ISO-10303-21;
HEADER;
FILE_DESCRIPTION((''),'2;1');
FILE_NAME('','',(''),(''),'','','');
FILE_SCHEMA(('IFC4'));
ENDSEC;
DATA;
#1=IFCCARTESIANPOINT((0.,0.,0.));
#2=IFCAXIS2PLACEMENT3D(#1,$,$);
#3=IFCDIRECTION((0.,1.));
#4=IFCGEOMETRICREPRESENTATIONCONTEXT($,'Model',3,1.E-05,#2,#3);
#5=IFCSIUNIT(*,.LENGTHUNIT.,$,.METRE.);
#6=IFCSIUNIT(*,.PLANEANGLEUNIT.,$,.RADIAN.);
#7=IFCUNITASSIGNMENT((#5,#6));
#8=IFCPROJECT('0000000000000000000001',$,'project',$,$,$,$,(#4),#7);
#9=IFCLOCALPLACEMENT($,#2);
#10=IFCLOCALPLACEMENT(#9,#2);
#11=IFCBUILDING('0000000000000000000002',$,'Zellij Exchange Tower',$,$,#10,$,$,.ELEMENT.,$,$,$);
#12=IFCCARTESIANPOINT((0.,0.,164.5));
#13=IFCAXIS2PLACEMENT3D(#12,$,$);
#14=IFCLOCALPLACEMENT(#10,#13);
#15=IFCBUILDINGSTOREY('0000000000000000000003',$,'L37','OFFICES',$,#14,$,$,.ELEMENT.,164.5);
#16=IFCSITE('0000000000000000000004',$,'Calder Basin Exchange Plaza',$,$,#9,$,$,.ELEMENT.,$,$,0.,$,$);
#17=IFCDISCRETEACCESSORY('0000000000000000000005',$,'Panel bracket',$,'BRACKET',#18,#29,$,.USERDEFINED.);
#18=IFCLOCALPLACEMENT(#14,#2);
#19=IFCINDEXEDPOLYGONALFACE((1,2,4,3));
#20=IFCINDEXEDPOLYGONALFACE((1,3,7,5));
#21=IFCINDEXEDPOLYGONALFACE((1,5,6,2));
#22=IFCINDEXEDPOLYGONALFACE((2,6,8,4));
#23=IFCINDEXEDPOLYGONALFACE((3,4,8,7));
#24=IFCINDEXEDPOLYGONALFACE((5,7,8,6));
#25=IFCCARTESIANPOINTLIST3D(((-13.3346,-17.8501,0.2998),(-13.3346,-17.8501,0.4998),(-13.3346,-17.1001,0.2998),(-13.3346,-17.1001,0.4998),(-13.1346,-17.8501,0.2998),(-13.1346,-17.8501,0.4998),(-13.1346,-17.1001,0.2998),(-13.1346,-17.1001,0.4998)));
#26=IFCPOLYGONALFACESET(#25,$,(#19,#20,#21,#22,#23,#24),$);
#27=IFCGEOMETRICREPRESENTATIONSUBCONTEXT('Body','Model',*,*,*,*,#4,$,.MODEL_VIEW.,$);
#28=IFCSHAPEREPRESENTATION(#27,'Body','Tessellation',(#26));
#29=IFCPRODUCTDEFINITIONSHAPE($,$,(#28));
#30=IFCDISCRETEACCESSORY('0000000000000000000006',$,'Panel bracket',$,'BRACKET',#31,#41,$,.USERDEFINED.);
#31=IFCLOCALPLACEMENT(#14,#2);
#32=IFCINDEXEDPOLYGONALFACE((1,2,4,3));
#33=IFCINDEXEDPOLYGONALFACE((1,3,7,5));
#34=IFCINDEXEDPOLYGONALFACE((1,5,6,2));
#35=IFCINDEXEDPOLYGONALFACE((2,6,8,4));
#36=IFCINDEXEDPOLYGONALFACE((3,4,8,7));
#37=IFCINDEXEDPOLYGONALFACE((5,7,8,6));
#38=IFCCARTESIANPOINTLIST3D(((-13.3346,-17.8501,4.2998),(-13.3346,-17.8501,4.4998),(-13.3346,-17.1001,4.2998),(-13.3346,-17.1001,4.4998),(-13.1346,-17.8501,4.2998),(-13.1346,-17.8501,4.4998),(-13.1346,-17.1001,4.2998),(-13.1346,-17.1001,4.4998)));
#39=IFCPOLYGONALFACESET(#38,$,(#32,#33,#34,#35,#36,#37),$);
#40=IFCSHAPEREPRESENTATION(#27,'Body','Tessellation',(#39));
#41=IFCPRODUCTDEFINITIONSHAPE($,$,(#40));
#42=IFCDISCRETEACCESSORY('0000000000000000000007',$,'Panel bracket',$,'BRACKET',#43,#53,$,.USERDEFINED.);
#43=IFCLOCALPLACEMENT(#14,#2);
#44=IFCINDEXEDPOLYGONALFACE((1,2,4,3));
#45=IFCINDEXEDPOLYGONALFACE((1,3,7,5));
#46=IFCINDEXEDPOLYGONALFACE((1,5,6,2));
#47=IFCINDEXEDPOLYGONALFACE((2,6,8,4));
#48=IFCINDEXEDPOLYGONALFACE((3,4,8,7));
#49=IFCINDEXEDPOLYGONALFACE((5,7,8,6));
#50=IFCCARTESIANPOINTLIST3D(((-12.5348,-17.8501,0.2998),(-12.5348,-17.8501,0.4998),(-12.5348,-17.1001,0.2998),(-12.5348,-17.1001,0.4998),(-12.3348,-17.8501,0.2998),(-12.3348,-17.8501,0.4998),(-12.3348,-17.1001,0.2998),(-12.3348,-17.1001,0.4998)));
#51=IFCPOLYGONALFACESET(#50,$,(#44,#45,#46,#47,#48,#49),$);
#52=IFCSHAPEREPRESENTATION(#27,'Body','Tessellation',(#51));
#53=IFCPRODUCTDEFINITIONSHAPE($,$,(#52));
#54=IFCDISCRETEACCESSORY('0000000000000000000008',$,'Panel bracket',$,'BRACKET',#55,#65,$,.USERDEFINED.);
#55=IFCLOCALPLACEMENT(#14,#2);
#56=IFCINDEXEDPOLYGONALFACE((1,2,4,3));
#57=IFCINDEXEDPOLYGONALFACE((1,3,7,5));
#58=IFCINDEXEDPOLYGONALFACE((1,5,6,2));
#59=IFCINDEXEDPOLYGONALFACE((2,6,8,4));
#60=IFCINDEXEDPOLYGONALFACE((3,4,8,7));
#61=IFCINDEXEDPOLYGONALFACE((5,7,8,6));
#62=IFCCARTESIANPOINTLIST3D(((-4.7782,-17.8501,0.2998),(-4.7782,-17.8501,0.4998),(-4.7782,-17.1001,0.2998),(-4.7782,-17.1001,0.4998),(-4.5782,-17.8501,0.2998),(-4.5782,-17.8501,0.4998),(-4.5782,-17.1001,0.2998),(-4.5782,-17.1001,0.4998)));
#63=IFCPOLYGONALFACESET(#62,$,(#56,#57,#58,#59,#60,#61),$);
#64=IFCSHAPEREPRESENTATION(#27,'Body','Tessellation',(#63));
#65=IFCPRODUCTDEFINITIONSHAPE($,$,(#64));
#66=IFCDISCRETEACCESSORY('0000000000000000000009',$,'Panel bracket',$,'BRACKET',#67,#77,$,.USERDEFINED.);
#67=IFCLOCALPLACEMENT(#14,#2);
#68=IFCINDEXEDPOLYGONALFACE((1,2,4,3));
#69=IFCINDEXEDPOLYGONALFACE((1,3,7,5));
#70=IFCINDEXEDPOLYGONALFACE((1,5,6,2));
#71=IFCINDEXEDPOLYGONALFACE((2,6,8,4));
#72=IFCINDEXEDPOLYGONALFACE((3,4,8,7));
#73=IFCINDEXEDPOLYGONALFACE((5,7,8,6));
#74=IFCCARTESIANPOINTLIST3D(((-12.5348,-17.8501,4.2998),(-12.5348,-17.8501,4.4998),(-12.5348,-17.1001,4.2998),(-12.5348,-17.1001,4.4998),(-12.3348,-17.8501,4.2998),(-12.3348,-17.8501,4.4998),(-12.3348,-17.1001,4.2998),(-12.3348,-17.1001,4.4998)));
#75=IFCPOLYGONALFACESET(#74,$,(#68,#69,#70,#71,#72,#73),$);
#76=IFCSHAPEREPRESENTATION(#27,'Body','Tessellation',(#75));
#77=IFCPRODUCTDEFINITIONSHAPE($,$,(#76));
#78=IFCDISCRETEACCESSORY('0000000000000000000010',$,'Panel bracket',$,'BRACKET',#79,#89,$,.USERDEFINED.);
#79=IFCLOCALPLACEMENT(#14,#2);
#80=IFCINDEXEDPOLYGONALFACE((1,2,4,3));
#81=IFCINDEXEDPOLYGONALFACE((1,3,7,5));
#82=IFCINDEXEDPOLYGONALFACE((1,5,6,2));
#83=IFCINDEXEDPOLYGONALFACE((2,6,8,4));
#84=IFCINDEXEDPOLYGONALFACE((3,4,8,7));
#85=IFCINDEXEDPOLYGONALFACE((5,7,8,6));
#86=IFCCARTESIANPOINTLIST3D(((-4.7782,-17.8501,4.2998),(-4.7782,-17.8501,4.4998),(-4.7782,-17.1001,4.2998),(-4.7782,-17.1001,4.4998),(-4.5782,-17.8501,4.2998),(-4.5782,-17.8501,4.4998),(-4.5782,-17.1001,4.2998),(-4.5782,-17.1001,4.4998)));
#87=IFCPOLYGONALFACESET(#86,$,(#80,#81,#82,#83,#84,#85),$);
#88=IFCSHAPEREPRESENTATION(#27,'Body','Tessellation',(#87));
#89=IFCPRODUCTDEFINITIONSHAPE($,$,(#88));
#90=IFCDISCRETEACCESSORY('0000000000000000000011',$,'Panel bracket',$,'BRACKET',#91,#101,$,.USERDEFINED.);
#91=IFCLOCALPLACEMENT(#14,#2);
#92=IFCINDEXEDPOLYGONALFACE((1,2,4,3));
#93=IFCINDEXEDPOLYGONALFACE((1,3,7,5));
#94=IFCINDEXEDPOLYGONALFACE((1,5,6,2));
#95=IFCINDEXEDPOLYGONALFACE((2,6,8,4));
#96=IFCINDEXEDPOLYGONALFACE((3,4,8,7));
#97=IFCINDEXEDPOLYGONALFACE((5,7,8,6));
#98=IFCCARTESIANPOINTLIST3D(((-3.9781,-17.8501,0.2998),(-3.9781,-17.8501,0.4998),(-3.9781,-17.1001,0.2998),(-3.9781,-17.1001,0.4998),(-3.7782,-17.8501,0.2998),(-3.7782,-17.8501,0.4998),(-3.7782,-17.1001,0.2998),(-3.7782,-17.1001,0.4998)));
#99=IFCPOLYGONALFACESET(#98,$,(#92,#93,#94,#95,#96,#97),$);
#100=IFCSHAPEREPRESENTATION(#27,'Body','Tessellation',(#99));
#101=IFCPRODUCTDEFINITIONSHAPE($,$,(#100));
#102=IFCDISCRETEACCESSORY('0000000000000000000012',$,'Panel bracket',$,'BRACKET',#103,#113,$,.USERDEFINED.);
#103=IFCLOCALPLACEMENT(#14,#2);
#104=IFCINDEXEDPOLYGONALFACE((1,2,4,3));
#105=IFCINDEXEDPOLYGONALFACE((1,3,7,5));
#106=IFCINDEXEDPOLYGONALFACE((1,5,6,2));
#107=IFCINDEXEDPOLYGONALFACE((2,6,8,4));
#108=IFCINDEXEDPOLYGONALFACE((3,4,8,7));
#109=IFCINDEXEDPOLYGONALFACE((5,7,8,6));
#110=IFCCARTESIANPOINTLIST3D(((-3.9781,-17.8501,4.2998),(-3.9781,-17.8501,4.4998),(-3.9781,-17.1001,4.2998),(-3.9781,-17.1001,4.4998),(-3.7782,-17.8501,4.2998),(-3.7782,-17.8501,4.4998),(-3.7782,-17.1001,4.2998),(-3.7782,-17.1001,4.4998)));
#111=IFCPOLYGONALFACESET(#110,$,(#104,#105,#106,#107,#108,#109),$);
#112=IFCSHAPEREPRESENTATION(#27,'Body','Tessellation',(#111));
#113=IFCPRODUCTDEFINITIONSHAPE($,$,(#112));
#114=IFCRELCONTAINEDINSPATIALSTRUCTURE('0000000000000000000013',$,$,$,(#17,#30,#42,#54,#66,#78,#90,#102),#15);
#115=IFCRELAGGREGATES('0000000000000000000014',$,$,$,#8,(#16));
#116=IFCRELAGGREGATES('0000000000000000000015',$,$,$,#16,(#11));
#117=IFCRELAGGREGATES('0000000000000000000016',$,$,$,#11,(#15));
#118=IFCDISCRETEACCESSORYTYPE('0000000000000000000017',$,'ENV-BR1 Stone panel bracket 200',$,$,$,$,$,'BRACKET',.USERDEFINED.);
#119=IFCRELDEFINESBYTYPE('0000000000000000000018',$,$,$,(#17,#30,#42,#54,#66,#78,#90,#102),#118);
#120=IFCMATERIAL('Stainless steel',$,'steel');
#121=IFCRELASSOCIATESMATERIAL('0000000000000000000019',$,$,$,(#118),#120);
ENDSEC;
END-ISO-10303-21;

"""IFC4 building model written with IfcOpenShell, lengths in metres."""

from ifc_helpers import new_model, si_unit, direction, frame, origin, origin_2d, place, context, subcontext, project, spatial, rectangle, extrude, material, type_object, element, save


model = new_model("IFC4")

# Units and contexts
model_context = context("Model", 3, precision=1e-05, world=origin(), true_north=direction((0.0, 1.0)))
body_context = subcontext(model_context, "Body", "Model", "MODEL_VIEW")
ifc_project = project(units=[si_unit("LENGTHUNIT", "METRE"), si_unit("PLANEANGLEUNIT", "RADIAN")], contexts=[model_context])

# Site, building, storey
site_placement = place(None, origin())
site = spatial("IfcSite", under=ifc_project, at=site_placement, Name="Calder Basin Exchange Plaza", CompositionType="ELEMENT", RefElevation=0.0)
building_placement = place(site_placement, origin())
building = spatial("IfcBuilding", under=site, at=building_placement, Name="Zellij Exchange Tower", CompositionType="ELEMENT")
storey_placement = place(building_placement, frame((0.0, 0.0, 164.5)))
storey = spatial("IfcBuildingStorey", under=building, at=storey_placement, Name="L37", Description="OFFICES", CompositionType="ELEMENT", Elevation=164.5)

# Shared definitions
ifc_material_1 = material(Name="Stainless steel", Category="steel")

# Discrete accessories
discrete_accessory_type = type_object("IfcDiscreteAccessoryType", Name="ENV-BR1 Stone panel bracket 200", ElementType="BRACKET", PredefinedType="USERDEFINED", material=ifc_material_1)
for number, where, z_axis, x_axis, name in (
    (1, (-13.2346, -17.4751, 0.2998), (0.0, 0.0, 1.0), (1.0, 0.0, 0.0), "Panel bracket"),
    (2, (-13.2346, -17.4751, 4.2998), (0.0, 0.0, 1.0), (1.0, 0.0, 0.0), "Panel bracket"),
    (3, (-12.4348, -17.4751, 0.2998), (0.0, 0.0, 1.0), (1.0, 0.0, 0.0), "Panel bracket"),
    (4, (-4.6782, -17.4751, 0.2998), (0.0, 0.0, 1.0), (1.0, 0.0, 0.0), "Panel bracket"),
    (5, (-12.4348, -17.4751, 4.2998), (0.0, 0.0, 1.0), (1.0, 0.0, 0.0), "Panel bracket"),
    (6, (-4.6782, -17.4751, 4.2998), (0.0, 0.0, 1.0), (1.0, 0.0, 0.0), "Panel bracket"),
    (7, (-3.8782, -17.4751, 0.2998), (0.0, 0.0, 1.0), (1.0, 0.0, 0.0), "Panel bracket"),
    (8, (-3.8782, -17.4751, 4.2998), (0.0, 0.0, 1.0), (1.0, 0.0, 0.0), "Panel bracket"),
):
    element("IfcDiscreteAccessory", number, at=place(storey_placement, frame(where, z_axis=z_axis, x_axis=x_axis)), inside=storey, type_object=discrete_accessory_type, Name=name, ObjectType="BRACKET", PredefinedType="USERDEFINED", context=body_context, shape_type="SweptSolid", body=[
        extrude(rectangle(XDim=0.2, YDim=0.75, at=origin_2d()), origin(), (0.0, 0.0, 1.0), 0.2),
    ])

save(model, "model.ifc")
